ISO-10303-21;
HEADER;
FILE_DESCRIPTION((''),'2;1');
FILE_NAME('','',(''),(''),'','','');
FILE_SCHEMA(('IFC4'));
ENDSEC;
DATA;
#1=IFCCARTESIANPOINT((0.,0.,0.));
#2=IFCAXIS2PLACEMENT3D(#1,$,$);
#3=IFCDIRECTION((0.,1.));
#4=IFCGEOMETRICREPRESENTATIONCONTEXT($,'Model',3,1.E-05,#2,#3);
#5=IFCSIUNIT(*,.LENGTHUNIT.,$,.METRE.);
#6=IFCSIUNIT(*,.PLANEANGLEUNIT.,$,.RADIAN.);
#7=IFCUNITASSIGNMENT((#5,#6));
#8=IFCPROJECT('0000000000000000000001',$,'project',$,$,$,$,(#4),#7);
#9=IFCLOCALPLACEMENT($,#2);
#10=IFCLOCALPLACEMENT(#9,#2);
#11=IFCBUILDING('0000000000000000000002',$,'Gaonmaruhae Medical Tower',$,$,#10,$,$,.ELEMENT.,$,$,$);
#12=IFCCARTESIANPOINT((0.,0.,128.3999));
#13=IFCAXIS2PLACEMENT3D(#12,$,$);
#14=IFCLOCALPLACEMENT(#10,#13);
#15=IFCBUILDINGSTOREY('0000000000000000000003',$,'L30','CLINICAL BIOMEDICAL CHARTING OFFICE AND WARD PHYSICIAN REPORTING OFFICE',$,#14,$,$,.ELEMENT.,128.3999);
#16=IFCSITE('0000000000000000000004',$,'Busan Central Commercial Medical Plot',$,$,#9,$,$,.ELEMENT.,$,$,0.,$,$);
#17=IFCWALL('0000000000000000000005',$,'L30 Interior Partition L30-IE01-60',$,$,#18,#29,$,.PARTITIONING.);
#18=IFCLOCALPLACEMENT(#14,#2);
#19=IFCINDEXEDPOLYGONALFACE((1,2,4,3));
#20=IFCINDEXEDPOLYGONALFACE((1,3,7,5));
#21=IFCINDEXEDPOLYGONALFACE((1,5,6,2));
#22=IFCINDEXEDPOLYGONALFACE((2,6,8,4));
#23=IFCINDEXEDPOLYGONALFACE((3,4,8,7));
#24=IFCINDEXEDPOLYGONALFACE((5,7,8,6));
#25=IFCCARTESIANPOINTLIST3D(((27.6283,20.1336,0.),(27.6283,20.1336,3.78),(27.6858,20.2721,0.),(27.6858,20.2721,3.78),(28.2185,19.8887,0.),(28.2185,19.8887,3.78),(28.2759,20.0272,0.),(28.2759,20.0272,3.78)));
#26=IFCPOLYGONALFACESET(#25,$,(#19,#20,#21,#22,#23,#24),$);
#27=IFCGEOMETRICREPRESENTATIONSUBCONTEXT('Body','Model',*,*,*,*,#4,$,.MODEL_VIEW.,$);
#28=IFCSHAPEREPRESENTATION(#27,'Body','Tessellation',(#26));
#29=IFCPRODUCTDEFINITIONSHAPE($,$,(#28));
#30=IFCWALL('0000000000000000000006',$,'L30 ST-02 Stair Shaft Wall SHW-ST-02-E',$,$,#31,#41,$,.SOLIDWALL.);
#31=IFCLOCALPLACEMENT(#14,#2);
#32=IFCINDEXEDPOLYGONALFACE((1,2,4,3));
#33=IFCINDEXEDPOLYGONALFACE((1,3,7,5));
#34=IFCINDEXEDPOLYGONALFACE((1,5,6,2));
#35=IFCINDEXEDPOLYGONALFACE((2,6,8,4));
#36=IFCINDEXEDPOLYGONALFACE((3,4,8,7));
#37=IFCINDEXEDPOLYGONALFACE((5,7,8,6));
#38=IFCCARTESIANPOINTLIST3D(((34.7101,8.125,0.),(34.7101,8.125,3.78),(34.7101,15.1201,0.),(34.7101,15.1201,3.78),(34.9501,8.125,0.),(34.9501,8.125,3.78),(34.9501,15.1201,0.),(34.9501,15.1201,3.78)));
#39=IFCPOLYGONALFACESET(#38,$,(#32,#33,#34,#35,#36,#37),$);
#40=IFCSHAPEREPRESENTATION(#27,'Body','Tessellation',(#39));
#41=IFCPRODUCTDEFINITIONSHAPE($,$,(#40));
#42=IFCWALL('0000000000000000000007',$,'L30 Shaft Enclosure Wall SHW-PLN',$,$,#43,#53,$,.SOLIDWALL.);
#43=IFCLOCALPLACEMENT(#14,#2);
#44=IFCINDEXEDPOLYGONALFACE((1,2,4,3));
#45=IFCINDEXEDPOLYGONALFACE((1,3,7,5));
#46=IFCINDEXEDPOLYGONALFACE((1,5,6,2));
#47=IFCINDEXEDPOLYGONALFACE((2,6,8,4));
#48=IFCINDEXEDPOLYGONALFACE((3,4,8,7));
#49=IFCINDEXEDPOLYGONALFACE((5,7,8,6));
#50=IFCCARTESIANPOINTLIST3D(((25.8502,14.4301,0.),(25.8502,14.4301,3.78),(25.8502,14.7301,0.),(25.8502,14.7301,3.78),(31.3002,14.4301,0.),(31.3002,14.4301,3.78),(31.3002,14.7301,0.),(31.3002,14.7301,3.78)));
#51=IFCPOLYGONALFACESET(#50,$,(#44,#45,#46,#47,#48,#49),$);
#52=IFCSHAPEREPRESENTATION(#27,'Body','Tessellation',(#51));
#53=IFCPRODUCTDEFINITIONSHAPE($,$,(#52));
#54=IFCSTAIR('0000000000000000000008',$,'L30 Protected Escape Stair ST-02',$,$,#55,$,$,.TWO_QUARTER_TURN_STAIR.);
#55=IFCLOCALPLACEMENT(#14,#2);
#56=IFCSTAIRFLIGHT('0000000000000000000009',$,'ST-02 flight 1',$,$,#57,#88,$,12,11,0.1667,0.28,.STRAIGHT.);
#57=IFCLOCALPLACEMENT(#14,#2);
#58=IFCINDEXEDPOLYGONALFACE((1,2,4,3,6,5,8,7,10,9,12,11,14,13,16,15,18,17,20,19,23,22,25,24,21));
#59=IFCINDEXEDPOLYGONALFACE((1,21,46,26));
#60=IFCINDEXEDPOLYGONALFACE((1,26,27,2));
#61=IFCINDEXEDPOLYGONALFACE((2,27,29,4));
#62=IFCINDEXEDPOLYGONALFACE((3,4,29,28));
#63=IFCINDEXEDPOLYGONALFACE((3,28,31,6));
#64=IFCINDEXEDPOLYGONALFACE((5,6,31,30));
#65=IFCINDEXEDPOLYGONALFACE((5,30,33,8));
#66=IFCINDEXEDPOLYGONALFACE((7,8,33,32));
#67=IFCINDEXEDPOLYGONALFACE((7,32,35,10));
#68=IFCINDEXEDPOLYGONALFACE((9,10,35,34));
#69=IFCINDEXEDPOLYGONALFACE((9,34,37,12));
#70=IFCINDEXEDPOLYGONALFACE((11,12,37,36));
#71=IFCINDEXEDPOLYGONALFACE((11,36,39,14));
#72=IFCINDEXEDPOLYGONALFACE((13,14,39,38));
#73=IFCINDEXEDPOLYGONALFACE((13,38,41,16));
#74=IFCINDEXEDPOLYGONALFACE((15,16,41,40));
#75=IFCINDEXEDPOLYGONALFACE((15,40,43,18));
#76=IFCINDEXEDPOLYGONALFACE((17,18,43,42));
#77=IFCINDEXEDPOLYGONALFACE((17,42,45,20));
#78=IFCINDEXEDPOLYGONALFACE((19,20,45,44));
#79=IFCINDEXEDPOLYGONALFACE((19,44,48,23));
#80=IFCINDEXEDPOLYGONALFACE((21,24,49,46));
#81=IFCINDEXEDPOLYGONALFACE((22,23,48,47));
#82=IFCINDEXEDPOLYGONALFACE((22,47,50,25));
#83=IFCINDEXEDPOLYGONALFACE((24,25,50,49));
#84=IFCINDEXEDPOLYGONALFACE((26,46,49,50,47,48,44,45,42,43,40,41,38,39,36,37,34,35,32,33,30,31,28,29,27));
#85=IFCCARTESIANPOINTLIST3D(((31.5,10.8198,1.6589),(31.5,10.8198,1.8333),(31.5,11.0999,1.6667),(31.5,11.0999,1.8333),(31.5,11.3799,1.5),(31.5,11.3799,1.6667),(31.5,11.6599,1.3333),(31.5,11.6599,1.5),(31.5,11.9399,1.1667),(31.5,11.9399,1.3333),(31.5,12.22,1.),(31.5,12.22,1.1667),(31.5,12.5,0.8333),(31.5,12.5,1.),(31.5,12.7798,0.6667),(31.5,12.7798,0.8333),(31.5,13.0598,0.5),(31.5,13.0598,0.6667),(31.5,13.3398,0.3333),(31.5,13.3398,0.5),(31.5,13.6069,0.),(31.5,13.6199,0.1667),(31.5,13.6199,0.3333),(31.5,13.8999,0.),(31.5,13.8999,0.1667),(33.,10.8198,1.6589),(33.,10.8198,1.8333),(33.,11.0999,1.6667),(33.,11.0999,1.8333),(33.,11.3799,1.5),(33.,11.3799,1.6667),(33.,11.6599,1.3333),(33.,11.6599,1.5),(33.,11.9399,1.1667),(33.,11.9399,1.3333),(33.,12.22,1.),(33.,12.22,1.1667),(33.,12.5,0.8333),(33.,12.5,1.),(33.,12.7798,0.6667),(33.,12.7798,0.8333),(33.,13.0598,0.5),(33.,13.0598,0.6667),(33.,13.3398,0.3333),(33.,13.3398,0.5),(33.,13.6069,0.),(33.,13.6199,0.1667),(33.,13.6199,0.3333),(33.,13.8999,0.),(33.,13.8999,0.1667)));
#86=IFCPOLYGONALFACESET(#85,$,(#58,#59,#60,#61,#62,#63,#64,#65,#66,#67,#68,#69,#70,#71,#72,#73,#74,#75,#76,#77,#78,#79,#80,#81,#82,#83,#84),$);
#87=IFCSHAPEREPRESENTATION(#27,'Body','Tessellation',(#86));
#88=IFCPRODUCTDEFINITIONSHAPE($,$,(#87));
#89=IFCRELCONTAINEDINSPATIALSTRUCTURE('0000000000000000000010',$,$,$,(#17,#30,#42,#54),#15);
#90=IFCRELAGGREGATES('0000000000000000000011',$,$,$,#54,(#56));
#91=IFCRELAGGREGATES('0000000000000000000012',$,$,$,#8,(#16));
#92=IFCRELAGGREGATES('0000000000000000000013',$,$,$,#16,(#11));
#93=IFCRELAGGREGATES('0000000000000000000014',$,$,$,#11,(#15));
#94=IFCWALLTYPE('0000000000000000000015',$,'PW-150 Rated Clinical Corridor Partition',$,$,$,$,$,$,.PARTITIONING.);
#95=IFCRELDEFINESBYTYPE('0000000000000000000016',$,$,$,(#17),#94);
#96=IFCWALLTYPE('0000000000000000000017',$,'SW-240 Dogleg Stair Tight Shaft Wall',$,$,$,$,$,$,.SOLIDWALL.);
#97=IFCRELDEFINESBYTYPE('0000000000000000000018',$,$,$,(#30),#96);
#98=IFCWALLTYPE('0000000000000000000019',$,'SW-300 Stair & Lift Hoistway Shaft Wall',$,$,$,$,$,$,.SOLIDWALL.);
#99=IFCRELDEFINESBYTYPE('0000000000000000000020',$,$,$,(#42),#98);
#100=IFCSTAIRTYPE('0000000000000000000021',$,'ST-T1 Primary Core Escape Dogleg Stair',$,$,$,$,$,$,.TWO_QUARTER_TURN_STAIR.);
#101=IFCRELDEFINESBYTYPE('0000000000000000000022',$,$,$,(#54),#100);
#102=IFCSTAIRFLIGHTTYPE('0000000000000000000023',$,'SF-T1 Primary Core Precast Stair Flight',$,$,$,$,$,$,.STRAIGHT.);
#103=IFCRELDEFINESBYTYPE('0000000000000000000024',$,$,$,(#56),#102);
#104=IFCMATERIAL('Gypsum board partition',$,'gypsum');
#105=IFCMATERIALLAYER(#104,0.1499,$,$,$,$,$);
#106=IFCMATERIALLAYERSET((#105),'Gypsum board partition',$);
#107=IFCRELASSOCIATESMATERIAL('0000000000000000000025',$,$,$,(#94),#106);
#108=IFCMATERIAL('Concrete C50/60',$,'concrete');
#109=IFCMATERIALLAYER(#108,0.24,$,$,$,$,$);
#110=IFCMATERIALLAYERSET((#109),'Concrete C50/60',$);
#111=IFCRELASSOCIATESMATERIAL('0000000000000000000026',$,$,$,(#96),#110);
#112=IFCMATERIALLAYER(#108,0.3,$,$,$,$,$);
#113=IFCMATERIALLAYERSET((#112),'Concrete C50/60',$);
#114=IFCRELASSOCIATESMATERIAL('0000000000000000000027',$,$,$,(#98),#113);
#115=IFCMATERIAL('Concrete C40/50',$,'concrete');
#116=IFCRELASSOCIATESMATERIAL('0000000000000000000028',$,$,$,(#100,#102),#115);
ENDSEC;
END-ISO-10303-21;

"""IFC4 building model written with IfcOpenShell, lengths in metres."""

from ifc_helpers import new_model, si_unit, direction, frame, frame_2d, origin, place, context, subcontext, project, spatial, polyline, rectangle, outline, extrude, material, layer, layer_set, type_object, element, aggregate, save


model = new_model("IFC4")

# Units and contexts
model_context = context("Model", 3, precision=1e-05, world=origin(), true_north=direction((0.0, 1.0)))
body_context = subcontext(model_context, "Body", "Model", "MODEL_VIEW")
ifc_project = project(units=[si_unit("LENGTHUNIT", "METRE"), si_unit("PLANEANGLEUNIT", "RADIAN")], contexts=[model_context])

# Site, building, storey
site_placement = place(None, origin())
site = spatial("IfcSite", under=ifc_project, at=site_placement, Name="Busan Central Commercial Medical Plot", CompositionType="ELEMENT", RefElevation=0.0)
building_placement = place(site_placement, origin())
building = spatial("IfcBuilding", under=site, at=building_placement, Name="Gaonmaruhae Medical Tower", CompositionType="ELEMENT")
storey_placement = place(building_placement, frame((0.0, 0.0, 128.3999)))
storey = spatial("IfcBuildingStorey", under=building, at=storey_placement, Name="L30", Description="CLINICAL BIOMEDICAL CHARTING OFFICE AND WARD PHYSICIAN REPORTING OFFICE", CompositionType="ELEMENT", Elevation=128.3999)

# Shared definitions
ifc_material_1 = material(Name="Gypsum board partition", Category="gypsum")
ifc_layer_1 = layer(ifc_material_1, 0.1499)
ifc_layer_set_1 = layer_set([ifc_layer_1], Name="Gypsum board partition")
wall_type_1 = type_object("IfcWallType", Name="PW-150 Rated Clinical Corridor Partition", PredefinedType="PARTITIONING", material=ifc_layer_set_1)

# Wall
wall_1_placement = place(storey_placement, frame((28.2471, 19.958, 0.0), z_axis=(0.0, 0.0, 1.0), x_axis=(-0.92363, 0.383285, 0.0)))
element("IfcWall", 1, at=wall_1_placement, inside=storey, type_object=wall_type_1, Name="L30 Interior Partition L30-IE01-60", PredefinedType="PARTITIONING", context=body_context, shape_type="SweptSolid", body=[
    extrude(rectangle(XDim=0.6389, YDim=0.1499, at=frame_2d((0.3193, 0.0))), origin(), (0.0, 0.0, 1.0), 3.78),
])

# Shared definitions
ifc_material_2 = material(Name="Concrete C50/60", Category="concrete")
ifc_layer_2 = layer(ifc_material_2, 0.24)
ifc_layer_set_2 = layer_set([ifc_layer_2], Name="Concrete C50/60")
wall_type_2 = type_object("IfcWallType", Name="SW-240 Dogleg Stair Tight Shaft Wall", PredefinedType="SOLIDWALL", material=ifc_layer_set_2)

# Walls
wall_2_placement = place(storey_placement, frame((34.8301, 15.1201, 0.0), z_axis=(0.0, 0.0, 1.0), x_axis=(0.0, -1.0, 0.0)))
element("IfcWall", 2, at=wall_2_placement, inside=storey, type_object=wall_type_2, Name="L30 ST-02 Stair Shaft Wall SHW-ST-02-E", PredefinedType="SOLIDWALL", context=body_context, shape_type="SweptSolid", body=[
    extrude(rectangle(XDim=6.9951, YDim=0.24, at=frame_2d((3.4976, 0.0))), origin(), (0.0, 0.0, 1.0), 3.78),
])
ifc_layer_3 = layer(ifc_material_2, 0.3)
ifc_layer_set_3 = layer_set([ifc_layer_3], Name="Concrete C50/60")
wall_type_3 = type_object("IfcWallType", Name="SW-300 Stair & Lift Hoistway Shaft Wall", PredefinedType="SOLIDWALL", material=ifc_layer_set_3)
wall_3_placement = place(storey_placement, frame((25.8501, 14.5801, 0.0), z_axis=(0.0, 0.0, 1.0), x_axis=(1.0, 0.0, 0.0)))
element("IfcWall", 3, at=wall_3_placement, inside=storey, type_object=wall_type_3, Name="L30 Shaft Enclosure Wall SHW-PLN", PredefinedType="SOLIDWALL", context=body_context, shape_type="SweptSolid", body=[
    extrude(rectangle(XDim=5.45, YDim=0.3, at=frame_2d((2.7251, 0.0))), origin(), (0.0, 0.0, 1.0), 3.78),
])

# Stair, stair flight
ifc_material_3 = material(Name="Concrete C40/50", Category="concrete")
stair_type = type_object("IfcStairType", Name="ST-T1 Primary Core Escape Dogleg Stair", PredefinedType="TWO_QUARTER_TURN_STAIR", material=ifc_material_3)
stair_placement = place(storey_placement, origin())
stair = element("IfcStair", 4, at=stair_placement, inside=storey, type_object=stair_type, Name="L30 Protected Escape Stair ST-02", PredefinedType="TWO_QUARTER_TURN_STAIR")
stair_flight_type = type_object("IfcStairFlightType", Name="SF-T1 Primary Core Precast Stair Flight", PredefinedType="STRAIGHT", material=ifc_material_3)
stair_flight_placement = place(storey_placement, frame((32.25, 13.8999, 0.0), z_axis=(0.0, 0.0, 1.0), x_axis=(0.0, -1.0, 0.0)))
stair_flight = element("IfcStairFlight", 5, at=stair_flight_placement, type_object=stair_flight_type, Name="ST-02 flight 1", NumberOfRisers=12, NumberOfTreads=11, PredefinedType="STRAIGHT", RiserHeight=0.1667, TreadLength=0.28, context=body_context, shape_type="SweptSolid", body=[
    extrude(outline(polyline([(0.0, 0.0), (0.0, 0.1667), (0.28, 0.1667), (0.28, 0.3333), (0.5601, 0.3333), (0.5601, 0.5), (0.8401, 0.5), (0.8401, 0.6667), (1.1201, 0.6667), (1.1201, 0.8333), (1.3999, 0.8333), (1.3999, 1.0), (1.6799, 1.0), (1.6799, 1.1667), (1.96, 1.1667), (1.96, 1.3333), (2.24, 1.3333), (2.24, 1.5), (2.52, 1.5), (2.52, 1.6667), (2.8, 1.6667), (2.8, 1.8333), (3.0801, 1.8333), (3.0801, 2.0), (3.0801, 1.6589), (0.293, 0.0), (0.0, 0.0)])), frame((0.0, 0.75, 0.0), z_axis=(0.0, -1.0, 0.0), x_axis=(1.0, 0.0, 0.0)), (0.0, 0.0, 1.0), 1.5),
])
aggregate(stair, [stair_flight])

save(model, "model.ifc")
